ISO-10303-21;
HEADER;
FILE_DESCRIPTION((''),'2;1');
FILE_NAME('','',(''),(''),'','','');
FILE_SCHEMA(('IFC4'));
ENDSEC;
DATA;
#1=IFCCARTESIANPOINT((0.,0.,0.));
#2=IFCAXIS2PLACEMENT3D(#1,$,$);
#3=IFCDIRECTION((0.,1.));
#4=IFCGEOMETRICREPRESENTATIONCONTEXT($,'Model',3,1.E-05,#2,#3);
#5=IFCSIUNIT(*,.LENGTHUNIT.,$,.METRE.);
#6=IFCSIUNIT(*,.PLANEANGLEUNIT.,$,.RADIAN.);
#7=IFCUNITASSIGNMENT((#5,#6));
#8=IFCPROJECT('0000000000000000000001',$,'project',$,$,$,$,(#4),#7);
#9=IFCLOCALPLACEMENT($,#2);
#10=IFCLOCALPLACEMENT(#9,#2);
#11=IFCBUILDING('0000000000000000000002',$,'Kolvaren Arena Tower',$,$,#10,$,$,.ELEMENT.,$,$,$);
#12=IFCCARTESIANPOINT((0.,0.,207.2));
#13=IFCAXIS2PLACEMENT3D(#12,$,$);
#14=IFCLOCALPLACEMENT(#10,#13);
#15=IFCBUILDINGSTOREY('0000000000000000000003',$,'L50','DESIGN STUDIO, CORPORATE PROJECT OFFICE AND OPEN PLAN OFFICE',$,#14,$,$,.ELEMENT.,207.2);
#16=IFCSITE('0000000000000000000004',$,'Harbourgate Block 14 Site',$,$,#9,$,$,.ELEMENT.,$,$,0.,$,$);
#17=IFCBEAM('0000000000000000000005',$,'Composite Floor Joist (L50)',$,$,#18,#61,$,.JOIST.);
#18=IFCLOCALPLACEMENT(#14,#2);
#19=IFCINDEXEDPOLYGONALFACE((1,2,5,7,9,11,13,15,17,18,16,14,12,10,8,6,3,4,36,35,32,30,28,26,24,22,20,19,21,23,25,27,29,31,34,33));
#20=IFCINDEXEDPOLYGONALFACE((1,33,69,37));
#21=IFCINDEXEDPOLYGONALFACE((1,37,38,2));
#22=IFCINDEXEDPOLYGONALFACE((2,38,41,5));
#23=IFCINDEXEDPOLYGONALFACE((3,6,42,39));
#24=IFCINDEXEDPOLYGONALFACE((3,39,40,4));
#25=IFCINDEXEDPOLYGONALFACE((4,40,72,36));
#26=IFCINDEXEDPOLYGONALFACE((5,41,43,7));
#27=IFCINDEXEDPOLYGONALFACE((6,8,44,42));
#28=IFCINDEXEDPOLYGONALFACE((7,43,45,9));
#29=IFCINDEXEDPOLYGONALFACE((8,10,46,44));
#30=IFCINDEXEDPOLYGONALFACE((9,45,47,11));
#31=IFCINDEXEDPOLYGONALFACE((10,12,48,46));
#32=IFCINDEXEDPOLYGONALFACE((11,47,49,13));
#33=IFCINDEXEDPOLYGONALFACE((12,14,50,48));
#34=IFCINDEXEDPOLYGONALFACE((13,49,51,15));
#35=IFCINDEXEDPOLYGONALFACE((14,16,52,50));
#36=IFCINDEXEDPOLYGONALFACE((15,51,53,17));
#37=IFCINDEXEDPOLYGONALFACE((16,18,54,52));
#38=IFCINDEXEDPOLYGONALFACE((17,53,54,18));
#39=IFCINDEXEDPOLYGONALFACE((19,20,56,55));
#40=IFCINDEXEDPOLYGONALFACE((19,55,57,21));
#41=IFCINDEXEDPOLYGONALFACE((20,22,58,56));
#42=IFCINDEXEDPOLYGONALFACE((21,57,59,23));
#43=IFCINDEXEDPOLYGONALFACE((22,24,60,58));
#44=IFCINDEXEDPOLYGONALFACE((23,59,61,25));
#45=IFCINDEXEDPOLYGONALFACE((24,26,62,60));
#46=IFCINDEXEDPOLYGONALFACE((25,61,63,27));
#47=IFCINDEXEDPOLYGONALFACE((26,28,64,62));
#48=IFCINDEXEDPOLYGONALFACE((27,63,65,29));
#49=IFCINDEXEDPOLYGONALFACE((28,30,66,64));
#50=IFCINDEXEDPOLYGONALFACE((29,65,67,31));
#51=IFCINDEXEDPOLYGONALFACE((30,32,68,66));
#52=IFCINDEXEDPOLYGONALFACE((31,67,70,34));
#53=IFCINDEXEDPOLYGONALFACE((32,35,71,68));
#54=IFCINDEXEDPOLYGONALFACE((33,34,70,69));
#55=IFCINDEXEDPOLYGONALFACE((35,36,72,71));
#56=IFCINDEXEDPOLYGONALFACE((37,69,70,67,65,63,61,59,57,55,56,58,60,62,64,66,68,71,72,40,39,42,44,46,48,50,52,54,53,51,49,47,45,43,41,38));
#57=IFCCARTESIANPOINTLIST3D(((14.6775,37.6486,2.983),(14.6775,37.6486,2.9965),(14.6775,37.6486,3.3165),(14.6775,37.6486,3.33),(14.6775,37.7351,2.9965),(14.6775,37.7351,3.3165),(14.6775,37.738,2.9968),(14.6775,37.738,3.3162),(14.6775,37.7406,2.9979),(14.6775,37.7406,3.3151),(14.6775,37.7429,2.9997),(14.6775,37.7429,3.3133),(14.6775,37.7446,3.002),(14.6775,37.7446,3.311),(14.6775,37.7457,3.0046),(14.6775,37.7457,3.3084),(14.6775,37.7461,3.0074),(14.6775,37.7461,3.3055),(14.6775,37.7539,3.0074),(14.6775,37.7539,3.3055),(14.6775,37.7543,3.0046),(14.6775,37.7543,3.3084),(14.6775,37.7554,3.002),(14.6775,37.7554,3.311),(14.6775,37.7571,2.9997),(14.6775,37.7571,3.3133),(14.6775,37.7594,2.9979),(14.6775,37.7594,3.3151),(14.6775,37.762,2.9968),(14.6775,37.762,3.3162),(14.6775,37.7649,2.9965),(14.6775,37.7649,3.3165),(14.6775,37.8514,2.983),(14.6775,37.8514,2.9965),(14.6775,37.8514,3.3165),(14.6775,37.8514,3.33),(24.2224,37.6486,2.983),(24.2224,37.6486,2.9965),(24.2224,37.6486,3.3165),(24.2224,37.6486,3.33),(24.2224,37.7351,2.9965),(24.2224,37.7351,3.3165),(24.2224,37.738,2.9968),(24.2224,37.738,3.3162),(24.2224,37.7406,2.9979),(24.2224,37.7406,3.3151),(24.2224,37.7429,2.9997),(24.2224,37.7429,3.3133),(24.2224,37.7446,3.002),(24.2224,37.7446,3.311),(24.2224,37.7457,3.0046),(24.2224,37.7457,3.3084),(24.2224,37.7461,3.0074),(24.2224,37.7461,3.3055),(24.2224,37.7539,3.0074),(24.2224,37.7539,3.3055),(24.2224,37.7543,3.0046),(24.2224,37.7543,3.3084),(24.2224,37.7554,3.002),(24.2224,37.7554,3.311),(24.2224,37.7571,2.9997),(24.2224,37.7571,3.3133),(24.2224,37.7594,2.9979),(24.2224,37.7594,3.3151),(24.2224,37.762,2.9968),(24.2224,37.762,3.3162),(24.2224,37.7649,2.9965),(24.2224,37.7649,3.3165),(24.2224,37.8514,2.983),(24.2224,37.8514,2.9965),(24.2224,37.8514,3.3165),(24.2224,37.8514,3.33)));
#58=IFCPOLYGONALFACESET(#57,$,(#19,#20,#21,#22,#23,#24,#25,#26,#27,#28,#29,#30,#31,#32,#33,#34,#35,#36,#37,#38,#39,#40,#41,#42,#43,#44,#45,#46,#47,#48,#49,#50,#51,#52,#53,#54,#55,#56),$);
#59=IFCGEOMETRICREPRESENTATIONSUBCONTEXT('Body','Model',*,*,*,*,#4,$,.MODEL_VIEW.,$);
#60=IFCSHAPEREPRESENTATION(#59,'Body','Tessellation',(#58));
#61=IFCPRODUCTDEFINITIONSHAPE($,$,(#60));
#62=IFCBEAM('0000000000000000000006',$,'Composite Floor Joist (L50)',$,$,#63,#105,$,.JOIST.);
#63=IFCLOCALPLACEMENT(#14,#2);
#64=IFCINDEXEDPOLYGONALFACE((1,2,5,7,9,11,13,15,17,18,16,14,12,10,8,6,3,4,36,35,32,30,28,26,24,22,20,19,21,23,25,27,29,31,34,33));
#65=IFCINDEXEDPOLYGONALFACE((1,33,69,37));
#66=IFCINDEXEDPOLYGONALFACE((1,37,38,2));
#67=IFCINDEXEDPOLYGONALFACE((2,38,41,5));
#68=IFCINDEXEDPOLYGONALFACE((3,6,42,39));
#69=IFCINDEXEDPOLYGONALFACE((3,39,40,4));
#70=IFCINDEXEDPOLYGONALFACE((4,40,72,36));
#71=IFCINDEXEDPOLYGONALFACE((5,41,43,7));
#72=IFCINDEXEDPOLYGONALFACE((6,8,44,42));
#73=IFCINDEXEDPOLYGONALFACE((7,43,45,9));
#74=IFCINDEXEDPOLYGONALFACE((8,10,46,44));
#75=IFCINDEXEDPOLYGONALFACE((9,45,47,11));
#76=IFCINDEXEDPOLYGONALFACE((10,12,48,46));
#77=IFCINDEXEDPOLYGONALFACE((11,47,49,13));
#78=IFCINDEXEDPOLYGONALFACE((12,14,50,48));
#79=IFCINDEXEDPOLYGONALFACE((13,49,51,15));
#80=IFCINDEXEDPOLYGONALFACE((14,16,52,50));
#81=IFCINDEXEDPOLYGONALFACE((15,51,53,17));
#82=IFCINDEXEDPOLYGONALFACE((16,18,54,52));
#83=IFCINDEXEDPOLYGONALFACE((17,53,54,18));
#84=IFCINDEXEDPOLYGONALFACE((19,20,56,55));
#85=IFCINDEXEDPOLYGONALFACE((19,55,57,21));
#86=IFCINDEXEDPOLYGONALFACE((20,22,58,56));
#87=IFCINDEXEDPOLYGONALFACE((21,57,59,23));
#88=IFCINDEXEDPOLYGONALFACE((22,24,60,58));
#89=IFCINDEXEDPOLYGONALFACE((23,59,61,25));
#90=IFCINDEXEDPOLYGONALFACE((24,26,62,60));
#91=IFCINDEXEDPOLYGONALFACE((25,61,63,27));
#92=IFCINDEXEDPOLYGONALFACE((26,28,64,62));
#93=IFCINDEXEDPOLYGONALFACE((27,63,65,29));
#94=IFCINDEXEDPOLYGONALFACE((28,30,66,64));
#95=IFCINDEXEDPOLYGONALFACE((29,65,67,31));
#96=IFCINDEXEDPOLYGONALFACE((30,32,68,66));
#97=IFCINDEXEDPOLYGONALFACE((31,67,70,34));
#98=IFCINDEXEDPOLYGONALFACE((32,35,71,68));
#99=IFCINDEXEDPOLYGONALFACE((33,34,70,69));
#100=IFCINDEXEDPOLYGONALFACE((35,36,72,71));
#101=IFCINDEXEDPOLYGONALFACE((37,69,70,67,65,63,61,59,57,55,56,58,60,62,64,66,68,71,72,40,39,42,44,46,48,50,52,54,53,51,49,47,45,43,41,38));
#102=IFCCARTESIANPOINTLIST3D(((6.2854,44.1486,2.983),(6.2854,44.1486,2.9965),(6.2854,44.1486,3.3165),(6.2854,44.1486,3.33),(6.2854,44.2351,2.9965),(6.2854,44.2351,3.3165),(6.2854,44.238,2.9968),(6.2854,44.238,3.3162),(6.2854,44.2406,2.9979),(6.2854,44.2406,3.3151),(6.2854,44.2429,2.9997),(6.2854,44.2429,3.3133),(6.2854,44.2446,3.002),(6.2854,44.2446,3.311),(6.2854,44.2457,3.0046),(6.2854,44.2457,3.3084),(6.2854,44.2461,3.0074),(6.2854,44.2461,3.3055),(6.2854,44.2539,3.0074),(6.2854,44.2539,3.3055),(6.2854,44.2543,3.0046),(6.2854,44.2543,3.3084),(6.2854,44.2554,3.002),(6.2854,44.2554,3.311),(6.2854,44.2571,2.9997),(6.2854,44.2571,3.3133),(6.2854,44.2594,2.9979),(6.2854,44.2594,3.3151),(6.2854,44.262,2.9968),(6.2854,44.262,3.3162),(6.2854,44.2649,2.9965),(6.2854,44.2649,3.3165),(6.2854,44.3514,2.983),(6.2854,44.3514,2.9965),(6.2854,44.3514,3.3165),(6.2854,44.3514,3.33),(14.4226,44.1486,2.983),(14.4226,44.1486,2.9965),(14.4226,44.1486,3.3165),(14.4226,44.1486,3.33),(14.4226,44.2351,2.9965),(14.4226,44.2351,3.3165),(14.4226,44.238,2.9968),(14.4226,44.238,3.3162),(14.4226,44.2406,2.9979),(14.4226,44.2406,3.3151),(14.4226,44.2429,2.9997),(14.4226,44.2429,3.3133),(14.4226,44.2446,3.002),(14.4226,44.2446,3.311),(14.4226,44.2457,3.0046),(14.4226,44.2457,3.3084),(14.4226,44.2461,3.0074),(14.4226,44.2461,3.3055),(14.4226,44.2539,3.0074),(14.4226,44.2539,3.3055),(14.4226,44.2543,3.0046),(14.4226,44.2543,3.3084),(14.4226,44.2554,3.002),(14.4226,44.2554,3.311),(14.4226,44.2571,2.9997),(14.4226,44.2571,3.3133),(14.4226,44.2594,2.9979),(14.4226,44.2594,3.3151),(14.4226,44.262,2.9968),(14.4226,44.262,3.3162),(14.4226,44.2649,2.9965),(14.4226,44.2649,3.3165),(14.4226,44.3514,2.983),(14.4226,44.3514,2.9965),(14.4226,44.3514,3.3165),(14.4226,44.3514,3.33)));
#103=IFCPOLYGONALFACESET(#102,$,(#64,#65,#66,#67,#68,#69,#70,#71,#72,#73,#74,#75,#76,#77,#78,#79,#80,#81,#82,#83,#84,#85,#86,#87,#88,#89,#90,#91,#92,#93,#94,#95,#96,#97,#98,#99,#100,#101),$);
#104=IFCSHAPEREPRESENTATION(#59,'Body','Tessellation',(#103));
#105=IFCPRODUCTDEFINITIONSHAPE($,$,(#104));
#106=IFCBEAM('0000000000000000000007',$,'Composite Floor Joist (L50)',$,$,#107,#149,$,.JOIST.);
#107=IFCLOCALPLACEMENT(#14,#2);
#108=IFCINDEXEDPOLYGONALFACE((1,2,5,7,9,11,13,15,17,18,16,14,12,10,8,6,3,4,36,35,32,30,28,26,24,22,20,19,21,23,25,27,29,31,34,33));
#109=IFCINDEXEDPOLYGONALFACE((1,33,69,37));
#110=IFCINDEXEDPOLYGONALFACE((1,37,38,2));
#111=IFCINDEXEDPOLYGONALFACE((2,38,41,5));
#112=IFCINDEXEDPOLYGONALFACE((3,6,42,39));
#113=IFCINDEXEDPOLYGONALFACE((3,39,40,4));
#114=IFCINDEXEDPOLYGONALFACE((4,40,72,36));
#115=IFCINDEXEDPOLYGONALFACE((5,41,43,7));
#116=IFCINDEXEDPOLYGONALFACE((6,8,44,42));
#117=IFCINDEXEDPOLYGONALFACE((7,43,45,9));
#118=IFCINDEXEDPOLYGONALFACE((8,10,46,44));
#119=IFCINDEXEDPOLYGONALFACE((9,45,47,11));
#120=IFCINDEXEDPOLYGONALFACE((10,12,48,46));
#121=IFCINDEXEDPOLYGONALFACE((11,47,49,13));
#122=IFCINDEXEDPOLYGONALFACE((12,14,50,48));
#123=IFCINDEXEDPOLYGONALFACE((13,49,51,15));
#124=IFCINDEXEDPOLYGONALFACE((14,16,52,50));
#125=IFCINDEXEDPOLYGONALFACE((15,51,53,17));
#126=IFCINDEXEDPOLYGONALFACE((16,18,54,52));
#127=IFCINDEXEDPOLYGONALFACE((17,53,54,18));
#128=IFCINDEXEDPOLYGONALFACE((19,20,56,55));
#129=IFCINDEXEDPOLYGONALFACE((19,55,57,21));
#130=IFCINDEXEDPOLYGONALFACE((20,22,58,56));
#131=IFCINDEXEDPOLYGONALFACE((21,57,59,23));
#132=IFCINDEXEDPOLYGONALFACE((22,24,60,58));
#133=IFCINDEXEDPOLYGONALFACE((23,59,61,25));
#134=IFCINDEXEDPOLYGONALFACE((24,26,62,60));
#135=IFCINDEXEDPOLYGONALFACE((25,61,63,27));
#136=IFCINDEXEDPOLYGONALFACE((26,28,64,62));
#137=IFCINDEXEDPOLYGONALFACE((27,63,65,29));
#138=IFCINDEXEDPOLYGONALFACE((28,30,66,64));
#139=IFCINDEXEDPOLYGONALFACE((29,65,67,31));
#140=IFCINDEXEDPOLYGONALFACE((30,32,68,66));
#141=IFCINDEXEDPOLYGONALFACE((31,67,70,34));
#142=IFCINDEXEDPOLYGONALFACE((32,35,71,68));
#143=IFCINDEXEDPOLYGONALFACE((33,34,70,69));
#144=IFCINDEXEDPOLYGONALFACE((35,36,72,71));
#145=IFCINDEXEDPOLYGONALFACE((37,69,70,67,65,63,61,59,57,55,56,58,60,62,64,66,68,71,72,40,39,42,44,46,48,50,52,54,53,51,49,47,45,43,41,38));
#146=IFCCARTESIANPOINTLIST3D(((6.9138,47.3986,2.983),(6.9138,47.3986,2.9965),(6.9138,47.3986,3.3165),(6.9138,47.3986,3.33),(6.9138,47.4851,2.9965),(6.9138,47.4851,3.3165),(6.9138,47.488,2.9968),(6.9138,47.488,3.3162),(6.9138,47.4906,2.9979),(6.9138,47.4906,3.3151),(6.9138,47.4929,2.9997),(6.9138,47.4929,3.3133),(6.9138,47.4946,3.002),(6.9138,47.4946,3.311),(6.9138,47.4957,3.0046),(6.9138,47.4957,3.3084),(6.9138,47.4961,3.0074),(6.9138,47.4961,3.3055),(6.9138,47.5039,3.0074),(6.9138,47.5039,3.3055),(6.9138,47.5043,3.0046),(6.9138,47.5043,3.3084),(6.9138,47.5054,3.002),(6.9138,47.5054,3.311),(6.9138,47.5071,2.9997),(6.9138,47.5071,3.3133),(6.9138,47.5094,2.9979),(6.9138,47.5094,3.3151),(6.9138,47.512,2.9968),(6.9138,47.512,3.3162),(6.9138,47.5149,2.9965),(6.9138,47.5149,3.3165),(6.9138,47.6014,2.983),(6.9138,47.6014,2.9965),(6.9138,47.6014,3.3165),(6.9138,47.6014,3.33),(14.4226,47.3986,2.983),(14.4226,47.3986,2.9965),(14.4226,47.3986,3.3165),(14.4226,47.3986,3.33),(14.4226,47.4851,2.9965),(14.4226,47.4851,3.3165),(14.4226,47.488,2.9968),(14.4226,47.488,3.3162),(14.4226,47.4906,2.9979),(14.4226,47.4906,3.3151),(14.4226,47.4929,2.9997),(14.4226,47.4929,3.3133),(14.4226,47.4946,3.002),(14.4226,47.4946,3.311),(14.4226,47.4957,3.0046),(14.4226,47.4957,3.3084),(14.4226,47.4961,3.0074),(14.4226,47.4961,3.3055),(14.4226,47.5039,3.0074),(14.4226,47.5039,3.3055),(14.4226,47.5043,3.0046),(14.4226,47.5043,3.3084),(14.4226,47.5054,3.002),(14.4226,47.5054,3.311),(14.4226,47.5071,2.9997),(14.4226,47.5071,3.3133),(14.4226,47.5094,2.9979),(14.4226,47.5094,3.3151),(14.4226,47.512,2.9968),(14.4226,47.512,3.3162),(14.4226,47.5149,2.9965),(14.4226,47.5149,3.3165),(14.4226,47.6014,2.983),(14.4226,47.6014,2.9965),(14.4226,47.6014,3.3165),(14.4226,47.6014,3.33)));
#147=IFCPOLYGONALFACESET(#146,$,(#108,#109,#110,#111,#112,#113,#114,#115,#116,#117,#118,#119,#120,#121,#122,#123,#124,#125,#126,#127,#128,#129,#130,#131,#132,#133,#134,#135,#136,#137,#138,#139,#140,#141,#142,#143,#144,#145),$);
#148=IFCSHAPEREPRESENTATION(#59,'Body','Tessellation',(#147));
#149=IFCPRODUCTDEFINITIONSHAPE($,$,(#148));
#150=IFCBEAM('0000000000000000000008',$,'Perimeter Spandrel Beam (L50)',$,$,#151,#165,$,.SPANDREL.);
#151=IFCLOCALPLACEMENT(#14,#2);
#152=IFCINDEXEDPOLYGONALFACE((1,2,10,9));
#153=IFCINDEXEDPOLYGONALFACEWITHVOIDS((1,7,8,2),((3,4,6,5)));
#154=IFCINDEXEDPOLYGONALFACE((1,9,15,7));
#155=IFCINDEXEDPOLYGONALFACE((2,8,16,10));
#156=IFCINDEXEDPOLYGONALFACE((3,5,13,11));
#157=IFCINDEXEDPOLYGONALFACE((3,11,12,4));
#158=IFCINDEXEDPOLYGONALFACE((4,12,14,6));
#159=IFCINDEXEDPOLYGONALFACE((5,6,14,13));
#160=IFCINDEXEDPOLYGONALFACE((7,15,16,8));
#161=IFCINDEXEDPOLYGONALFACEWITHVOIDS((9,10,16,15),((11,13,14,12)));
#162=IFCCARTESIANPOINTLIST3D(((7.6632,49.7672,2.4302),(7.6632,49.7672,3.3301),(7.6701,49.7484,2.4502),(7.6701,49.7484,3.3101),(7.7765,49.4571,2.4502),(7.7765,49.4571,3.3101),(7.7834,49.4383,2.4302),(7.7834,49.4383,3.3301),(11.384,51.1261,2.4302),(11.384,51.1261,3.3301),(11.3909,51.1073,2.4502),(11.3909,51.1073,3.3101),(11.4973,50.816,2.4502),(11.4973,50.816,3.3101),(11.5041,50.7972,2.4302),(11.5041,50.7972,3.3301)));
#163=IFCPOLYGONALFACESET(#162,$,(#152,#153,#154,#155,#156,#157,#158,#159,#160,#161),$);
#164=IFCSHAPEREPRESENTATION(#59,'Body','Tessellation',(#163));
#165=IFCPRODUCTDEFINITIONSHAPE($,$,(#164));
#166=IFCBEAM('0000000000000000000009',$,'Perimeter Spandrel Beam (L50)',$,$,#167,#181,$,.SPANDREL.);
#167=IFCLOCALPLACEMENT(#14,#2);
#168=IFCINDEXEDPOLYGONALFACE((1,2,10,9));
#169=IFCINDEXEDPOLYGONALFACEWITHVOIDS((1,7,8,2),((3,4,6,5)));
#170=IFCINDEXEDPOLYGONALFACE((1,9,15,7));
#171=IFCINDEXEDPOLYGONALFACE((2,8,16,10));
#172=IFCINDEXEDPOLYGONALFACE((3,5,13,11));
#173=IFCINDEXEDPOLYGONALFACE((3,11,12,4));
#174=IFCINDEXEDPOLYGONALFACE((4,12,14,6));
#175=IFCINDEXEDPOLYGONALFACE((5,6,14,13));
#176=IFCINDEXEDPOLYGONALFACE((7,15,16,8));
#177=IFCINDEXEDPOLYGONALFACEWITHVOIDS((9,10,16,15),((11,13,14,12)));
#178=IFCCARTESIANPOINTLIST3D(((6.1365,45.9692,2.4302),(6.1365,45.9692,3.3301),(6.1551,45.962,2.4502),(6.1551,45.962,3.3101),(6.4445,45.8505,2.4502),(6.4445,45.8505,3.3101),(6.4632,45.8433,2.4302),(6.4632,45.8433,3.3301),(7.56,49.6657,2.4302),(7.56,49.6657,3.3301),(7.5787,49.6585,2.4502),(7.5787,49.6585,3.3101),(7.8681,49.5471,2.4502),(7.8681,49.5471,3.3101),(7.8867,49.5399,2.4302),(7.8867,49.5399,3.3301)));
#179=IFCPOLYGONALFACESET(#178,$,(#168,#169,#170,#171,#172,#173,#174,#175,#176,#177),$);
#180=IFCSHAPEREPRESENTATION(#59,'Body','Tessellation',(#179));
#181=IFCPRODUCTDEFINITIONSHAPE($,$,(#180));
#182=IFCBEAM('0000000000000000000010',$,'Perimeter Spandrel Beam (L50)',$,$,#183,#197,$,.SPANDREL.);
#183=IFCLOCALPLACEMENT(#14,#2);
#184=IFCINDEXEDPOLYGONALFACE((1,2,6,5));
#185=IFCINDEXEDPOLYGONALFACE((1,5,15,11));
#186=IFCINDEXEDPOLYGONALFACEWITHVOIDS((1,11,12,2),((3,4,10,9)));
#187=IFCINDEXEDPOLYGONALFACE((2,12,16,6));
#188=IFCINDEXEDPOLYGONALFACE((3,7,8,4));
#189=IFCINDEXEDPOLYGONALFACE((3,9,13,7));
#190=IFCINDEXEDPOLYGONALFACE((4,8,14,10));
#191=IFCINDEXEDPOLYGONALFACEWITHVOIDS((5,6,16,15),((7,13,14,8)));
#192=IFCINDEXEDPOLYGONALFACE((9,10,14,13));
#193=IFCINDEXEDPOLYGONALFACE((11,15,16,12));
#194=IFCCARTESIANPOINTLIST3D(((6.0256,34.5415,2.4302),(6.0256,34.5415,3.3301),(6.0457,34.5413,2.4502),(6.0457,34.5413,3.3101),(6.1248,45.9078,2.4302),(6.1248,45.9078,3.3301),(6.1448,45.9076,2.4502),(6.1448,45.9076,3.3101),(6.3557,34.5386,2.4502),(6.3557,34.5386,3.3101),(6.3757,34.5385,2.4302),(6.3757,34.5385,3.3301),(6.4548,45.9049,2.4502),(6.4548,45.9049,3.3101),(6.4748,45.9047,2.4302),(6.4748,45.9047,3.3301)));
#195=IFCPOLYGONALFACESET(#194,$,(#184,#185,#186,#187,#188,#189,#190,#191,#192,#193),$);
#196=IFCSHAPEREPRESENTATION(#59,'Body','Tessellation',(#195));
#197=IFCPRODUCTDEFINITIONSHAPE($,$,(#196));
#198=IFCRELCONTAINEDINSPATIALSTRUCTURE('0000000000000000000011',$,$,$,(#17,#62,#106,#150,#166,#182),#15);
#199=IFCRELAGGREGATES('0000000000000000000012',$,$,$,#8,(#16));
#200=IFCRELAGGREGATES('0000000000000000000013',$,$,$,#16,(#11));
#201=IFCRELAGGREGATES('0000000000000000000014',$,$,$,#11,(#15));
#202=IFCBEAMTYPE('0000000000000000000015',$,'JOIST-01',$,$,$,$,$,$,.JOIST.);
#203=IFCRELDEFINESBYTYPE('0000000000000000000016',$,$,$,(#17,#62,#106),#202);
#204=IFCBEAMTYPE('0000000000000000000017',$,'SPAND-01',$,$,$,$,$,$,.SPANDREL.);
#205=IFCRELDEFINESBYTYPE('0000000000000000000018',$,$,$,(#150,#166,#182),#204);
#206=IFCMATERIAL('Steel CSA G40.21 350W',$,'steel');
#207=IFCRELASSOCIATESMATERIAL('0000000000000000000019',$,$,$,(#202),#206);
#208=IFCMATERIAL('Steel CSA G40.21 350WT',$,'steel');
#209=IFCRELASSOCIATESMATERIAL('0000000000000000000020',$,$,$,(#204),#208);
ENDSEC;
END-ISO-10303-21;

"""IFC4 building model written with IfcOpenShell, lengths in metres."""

from ifc_helpers import new_model, si_unit, direction, frame, origin, origin_2d, place, context, subcontext, project, spatial, hollow_rectangle, i_section, extrude, material, material_profile, profile_set, type_object, element, save


model = new_model("IFC4")

# Units and contexts
model_context = context("Model", 3, precision=1e-05, world=origin(), true_north=direction((0.0, 1.0)))
body_context = subcontext(model_context, "Body", "Model", "MODEL_VIEW")
ifc_project = project(units=[si_unit("LENGTHUNIT", "METRE"), si_unit("PLANEANGLEUNIT", "RADIAN")], contexts=[model_context])

# Site, building, storey
site_placement = place(None, origin())
site = spatial("IfcSite", under=ifc_project, at=site_placement, Name="Harbourgate Block 14 Site", CompositionType="ELEMENT", RefElevation=0.0)
building_placement = place(site_placement, origin())
building = spatial("IfcBuilding", under=site, at=building_placement, Name="Kolvaren Arena Tower", CompositionType="ELEMENT")
storey_placement = place(building_placement, frame((0.0, 0.0, 207.2)))
storey = spatial("IfcBuildingStorey", under=building, at=storey_placement, Name="L50", Description="DESIGN STUDIO, CORPORATE PROJECT OFFICE AND OPEN PLAN OFFICE", CompositionType="ELEMENT", Elevation=207.2)

# Beams
ifc_material_1 = material(Name="Steel CSA G40.21 350W", Category="steel")
ifc_material_profile_1 = material_profile(ifc_material_1, i_section(OverallWidth=0.2029, OverallDepth=0.3469, WebThickness=0.0078, FlangeThickness=0.0134, FilletRadius=0.011, at=origin_2d()), Name="W360x64")
ifc_profile_set_1 = profile_set([ifc_material_profile_1], Name="Steel CSA G40.21 350W")
beam_type_1 = type_object("IfcBeamType", Name="JOIST-01", PredefinedType="JOIST", material=ifc_profile_set_1)
beam_1_placement = place(storey_placement, frame((14.6775, 37.75, 3.1565), z_axis=(1.0, 0.0, 0.0), x_axis=(0.0, 1.0, 0.0)))
element("IfcBeam", 1, at=beam_1_placement, inside=storey, type_object=beam_type_1, Name="Composite Floor Joist (L50)", PredefinedType="JOIST", context=body_context, shape_type="SweptSolid", body=[
    extrude(i_section(OverallWidth=0.2029, OverallDepth=0.3469, WebThickness=0.0078, FlangeThickness=0.0134, FilletRadius=0.011, at=origin_2d()), origin(), (0.0, 0.0, 1.0), 9.5449),
])
beam_2_placement = place(storey_placement, frame((6.2854, 44.25, 3.1565), z_axis=(1.0, 0.0, 0.0), x_axis=(0.0, 1.0, 0.0)))
element("IfcBeam", 2, at=beam_2_placement, inside=storey, type_object=beam_type_1, Name="Composite Floor Joist (L50)", PredefinedType="JOIST", context=body_context, shape_type="SweptSolid", body=[
    extrude(i_section(OverallWidth=0.2029, OverallDepth=0.3469, WebThickness=0.0078, FlangeThickness=0.0134, FilletRadius=0.011, at=origin_2d()), origin(), (0.0, 0.0, 1.0), 8.1372),
])
beam_3_placement = place(storey_placement, frame((6.9138, 47.5, 3.1565), z_axis=(1.0, 0.0, 0.0), x_axis=(0.0, 1.0, 0.0)))
element("IfcBeam", 3, at=beam_3_placement, inside=storey, type_object=beam_type_1, Name="Composite Floor Joist (L50)", PredefinedType="JOIST", context=body_context, shape_type="SweptSolid", body=[
    extrude(i_section(OverallWidth=0.2029, OverallDepth=0.3469, WebThickness=0.0078, FlangeThickness=0.0134, FilletRadius=0.011, at=origin_2d()), origin(), (0.0, 0.0, 1.0), 7.5088),
])
ifc_material_2 = material(Name="Steel CSA G40.21 350WT", Category="steel")
ifc_material_profile_2 = material_profile(ifc_material_2, hollow_rectangle(XDim=0.3501, YDim=0.8999, WallThickness=0.02, at=origin_2d()), Name="HSS 900x350x20")
ifc_profile_set_2 = profile_set([ifc_material_profile_2], Name="Steel CSA G40.21 350WT")
beam_type_2 = type_object("IfcBeamType", Name="SPAND-01", PredefinedType="SPANDREL", material=ifc_profile_set_2)
for number, where, z_axis, x_axis, name in (
    (4, (11.4441, 50.9617, 2.8801), (-0.939314, -0.343059, 0.0), (0.343059, -0.939314, 0.0), "Perimeter Spandrel Beam (L50)"),
    (5, (7.7234, 49.6028, 2.8801), (-0.359384, -0.93319, 0.0), (0.93319, -0.359384, 0.0), "Perimeter Spandrel Beam (L50)"),
):
    element("IfcBeam", number, at=place(storey_placement, frame(where, z_axis=z_axis, x_axis=x_axis)), inside=storey, type_object=beam_type_2, Name=name, PredefinedType="SPANDREL", context=body_context, shape_type="SweptSolid", body=[
        extrude(hollow_rectangle(XDim=0.3501, YDim=0.8999, WallThickness=0.02, at=origin_2d()), origin(), (0.0, 0.0, 1.0), 3.9612),
    ])
for number, where, z_axis, x_axis, name in (
    (6, (6.2998, 45.9062, 2.8801), (-0.00872, -0.999962, 0.0), (0.999962, -0.00872, 0.0), "Perimeter Spandrel Beam (L50)"),
):
    element("IfcBeam", number, at=place(storey_placement, frame(where, z_axis=z_axis, x_axis=x_axis)), inside=storey, type_object=beam_type_2, Name=name, PredefinedType="SPANDREL", context=body_context, shape_type="SweptSolid", body=[
        extrude(hollow_rectangle(XDim=0.3501, YDim=0.8999, WallThickness=0.02, at=origin_2d()), origin(), (0.0, 0.0, 1.0), 11.3667),
    ])

save(model, "model.ifc")
